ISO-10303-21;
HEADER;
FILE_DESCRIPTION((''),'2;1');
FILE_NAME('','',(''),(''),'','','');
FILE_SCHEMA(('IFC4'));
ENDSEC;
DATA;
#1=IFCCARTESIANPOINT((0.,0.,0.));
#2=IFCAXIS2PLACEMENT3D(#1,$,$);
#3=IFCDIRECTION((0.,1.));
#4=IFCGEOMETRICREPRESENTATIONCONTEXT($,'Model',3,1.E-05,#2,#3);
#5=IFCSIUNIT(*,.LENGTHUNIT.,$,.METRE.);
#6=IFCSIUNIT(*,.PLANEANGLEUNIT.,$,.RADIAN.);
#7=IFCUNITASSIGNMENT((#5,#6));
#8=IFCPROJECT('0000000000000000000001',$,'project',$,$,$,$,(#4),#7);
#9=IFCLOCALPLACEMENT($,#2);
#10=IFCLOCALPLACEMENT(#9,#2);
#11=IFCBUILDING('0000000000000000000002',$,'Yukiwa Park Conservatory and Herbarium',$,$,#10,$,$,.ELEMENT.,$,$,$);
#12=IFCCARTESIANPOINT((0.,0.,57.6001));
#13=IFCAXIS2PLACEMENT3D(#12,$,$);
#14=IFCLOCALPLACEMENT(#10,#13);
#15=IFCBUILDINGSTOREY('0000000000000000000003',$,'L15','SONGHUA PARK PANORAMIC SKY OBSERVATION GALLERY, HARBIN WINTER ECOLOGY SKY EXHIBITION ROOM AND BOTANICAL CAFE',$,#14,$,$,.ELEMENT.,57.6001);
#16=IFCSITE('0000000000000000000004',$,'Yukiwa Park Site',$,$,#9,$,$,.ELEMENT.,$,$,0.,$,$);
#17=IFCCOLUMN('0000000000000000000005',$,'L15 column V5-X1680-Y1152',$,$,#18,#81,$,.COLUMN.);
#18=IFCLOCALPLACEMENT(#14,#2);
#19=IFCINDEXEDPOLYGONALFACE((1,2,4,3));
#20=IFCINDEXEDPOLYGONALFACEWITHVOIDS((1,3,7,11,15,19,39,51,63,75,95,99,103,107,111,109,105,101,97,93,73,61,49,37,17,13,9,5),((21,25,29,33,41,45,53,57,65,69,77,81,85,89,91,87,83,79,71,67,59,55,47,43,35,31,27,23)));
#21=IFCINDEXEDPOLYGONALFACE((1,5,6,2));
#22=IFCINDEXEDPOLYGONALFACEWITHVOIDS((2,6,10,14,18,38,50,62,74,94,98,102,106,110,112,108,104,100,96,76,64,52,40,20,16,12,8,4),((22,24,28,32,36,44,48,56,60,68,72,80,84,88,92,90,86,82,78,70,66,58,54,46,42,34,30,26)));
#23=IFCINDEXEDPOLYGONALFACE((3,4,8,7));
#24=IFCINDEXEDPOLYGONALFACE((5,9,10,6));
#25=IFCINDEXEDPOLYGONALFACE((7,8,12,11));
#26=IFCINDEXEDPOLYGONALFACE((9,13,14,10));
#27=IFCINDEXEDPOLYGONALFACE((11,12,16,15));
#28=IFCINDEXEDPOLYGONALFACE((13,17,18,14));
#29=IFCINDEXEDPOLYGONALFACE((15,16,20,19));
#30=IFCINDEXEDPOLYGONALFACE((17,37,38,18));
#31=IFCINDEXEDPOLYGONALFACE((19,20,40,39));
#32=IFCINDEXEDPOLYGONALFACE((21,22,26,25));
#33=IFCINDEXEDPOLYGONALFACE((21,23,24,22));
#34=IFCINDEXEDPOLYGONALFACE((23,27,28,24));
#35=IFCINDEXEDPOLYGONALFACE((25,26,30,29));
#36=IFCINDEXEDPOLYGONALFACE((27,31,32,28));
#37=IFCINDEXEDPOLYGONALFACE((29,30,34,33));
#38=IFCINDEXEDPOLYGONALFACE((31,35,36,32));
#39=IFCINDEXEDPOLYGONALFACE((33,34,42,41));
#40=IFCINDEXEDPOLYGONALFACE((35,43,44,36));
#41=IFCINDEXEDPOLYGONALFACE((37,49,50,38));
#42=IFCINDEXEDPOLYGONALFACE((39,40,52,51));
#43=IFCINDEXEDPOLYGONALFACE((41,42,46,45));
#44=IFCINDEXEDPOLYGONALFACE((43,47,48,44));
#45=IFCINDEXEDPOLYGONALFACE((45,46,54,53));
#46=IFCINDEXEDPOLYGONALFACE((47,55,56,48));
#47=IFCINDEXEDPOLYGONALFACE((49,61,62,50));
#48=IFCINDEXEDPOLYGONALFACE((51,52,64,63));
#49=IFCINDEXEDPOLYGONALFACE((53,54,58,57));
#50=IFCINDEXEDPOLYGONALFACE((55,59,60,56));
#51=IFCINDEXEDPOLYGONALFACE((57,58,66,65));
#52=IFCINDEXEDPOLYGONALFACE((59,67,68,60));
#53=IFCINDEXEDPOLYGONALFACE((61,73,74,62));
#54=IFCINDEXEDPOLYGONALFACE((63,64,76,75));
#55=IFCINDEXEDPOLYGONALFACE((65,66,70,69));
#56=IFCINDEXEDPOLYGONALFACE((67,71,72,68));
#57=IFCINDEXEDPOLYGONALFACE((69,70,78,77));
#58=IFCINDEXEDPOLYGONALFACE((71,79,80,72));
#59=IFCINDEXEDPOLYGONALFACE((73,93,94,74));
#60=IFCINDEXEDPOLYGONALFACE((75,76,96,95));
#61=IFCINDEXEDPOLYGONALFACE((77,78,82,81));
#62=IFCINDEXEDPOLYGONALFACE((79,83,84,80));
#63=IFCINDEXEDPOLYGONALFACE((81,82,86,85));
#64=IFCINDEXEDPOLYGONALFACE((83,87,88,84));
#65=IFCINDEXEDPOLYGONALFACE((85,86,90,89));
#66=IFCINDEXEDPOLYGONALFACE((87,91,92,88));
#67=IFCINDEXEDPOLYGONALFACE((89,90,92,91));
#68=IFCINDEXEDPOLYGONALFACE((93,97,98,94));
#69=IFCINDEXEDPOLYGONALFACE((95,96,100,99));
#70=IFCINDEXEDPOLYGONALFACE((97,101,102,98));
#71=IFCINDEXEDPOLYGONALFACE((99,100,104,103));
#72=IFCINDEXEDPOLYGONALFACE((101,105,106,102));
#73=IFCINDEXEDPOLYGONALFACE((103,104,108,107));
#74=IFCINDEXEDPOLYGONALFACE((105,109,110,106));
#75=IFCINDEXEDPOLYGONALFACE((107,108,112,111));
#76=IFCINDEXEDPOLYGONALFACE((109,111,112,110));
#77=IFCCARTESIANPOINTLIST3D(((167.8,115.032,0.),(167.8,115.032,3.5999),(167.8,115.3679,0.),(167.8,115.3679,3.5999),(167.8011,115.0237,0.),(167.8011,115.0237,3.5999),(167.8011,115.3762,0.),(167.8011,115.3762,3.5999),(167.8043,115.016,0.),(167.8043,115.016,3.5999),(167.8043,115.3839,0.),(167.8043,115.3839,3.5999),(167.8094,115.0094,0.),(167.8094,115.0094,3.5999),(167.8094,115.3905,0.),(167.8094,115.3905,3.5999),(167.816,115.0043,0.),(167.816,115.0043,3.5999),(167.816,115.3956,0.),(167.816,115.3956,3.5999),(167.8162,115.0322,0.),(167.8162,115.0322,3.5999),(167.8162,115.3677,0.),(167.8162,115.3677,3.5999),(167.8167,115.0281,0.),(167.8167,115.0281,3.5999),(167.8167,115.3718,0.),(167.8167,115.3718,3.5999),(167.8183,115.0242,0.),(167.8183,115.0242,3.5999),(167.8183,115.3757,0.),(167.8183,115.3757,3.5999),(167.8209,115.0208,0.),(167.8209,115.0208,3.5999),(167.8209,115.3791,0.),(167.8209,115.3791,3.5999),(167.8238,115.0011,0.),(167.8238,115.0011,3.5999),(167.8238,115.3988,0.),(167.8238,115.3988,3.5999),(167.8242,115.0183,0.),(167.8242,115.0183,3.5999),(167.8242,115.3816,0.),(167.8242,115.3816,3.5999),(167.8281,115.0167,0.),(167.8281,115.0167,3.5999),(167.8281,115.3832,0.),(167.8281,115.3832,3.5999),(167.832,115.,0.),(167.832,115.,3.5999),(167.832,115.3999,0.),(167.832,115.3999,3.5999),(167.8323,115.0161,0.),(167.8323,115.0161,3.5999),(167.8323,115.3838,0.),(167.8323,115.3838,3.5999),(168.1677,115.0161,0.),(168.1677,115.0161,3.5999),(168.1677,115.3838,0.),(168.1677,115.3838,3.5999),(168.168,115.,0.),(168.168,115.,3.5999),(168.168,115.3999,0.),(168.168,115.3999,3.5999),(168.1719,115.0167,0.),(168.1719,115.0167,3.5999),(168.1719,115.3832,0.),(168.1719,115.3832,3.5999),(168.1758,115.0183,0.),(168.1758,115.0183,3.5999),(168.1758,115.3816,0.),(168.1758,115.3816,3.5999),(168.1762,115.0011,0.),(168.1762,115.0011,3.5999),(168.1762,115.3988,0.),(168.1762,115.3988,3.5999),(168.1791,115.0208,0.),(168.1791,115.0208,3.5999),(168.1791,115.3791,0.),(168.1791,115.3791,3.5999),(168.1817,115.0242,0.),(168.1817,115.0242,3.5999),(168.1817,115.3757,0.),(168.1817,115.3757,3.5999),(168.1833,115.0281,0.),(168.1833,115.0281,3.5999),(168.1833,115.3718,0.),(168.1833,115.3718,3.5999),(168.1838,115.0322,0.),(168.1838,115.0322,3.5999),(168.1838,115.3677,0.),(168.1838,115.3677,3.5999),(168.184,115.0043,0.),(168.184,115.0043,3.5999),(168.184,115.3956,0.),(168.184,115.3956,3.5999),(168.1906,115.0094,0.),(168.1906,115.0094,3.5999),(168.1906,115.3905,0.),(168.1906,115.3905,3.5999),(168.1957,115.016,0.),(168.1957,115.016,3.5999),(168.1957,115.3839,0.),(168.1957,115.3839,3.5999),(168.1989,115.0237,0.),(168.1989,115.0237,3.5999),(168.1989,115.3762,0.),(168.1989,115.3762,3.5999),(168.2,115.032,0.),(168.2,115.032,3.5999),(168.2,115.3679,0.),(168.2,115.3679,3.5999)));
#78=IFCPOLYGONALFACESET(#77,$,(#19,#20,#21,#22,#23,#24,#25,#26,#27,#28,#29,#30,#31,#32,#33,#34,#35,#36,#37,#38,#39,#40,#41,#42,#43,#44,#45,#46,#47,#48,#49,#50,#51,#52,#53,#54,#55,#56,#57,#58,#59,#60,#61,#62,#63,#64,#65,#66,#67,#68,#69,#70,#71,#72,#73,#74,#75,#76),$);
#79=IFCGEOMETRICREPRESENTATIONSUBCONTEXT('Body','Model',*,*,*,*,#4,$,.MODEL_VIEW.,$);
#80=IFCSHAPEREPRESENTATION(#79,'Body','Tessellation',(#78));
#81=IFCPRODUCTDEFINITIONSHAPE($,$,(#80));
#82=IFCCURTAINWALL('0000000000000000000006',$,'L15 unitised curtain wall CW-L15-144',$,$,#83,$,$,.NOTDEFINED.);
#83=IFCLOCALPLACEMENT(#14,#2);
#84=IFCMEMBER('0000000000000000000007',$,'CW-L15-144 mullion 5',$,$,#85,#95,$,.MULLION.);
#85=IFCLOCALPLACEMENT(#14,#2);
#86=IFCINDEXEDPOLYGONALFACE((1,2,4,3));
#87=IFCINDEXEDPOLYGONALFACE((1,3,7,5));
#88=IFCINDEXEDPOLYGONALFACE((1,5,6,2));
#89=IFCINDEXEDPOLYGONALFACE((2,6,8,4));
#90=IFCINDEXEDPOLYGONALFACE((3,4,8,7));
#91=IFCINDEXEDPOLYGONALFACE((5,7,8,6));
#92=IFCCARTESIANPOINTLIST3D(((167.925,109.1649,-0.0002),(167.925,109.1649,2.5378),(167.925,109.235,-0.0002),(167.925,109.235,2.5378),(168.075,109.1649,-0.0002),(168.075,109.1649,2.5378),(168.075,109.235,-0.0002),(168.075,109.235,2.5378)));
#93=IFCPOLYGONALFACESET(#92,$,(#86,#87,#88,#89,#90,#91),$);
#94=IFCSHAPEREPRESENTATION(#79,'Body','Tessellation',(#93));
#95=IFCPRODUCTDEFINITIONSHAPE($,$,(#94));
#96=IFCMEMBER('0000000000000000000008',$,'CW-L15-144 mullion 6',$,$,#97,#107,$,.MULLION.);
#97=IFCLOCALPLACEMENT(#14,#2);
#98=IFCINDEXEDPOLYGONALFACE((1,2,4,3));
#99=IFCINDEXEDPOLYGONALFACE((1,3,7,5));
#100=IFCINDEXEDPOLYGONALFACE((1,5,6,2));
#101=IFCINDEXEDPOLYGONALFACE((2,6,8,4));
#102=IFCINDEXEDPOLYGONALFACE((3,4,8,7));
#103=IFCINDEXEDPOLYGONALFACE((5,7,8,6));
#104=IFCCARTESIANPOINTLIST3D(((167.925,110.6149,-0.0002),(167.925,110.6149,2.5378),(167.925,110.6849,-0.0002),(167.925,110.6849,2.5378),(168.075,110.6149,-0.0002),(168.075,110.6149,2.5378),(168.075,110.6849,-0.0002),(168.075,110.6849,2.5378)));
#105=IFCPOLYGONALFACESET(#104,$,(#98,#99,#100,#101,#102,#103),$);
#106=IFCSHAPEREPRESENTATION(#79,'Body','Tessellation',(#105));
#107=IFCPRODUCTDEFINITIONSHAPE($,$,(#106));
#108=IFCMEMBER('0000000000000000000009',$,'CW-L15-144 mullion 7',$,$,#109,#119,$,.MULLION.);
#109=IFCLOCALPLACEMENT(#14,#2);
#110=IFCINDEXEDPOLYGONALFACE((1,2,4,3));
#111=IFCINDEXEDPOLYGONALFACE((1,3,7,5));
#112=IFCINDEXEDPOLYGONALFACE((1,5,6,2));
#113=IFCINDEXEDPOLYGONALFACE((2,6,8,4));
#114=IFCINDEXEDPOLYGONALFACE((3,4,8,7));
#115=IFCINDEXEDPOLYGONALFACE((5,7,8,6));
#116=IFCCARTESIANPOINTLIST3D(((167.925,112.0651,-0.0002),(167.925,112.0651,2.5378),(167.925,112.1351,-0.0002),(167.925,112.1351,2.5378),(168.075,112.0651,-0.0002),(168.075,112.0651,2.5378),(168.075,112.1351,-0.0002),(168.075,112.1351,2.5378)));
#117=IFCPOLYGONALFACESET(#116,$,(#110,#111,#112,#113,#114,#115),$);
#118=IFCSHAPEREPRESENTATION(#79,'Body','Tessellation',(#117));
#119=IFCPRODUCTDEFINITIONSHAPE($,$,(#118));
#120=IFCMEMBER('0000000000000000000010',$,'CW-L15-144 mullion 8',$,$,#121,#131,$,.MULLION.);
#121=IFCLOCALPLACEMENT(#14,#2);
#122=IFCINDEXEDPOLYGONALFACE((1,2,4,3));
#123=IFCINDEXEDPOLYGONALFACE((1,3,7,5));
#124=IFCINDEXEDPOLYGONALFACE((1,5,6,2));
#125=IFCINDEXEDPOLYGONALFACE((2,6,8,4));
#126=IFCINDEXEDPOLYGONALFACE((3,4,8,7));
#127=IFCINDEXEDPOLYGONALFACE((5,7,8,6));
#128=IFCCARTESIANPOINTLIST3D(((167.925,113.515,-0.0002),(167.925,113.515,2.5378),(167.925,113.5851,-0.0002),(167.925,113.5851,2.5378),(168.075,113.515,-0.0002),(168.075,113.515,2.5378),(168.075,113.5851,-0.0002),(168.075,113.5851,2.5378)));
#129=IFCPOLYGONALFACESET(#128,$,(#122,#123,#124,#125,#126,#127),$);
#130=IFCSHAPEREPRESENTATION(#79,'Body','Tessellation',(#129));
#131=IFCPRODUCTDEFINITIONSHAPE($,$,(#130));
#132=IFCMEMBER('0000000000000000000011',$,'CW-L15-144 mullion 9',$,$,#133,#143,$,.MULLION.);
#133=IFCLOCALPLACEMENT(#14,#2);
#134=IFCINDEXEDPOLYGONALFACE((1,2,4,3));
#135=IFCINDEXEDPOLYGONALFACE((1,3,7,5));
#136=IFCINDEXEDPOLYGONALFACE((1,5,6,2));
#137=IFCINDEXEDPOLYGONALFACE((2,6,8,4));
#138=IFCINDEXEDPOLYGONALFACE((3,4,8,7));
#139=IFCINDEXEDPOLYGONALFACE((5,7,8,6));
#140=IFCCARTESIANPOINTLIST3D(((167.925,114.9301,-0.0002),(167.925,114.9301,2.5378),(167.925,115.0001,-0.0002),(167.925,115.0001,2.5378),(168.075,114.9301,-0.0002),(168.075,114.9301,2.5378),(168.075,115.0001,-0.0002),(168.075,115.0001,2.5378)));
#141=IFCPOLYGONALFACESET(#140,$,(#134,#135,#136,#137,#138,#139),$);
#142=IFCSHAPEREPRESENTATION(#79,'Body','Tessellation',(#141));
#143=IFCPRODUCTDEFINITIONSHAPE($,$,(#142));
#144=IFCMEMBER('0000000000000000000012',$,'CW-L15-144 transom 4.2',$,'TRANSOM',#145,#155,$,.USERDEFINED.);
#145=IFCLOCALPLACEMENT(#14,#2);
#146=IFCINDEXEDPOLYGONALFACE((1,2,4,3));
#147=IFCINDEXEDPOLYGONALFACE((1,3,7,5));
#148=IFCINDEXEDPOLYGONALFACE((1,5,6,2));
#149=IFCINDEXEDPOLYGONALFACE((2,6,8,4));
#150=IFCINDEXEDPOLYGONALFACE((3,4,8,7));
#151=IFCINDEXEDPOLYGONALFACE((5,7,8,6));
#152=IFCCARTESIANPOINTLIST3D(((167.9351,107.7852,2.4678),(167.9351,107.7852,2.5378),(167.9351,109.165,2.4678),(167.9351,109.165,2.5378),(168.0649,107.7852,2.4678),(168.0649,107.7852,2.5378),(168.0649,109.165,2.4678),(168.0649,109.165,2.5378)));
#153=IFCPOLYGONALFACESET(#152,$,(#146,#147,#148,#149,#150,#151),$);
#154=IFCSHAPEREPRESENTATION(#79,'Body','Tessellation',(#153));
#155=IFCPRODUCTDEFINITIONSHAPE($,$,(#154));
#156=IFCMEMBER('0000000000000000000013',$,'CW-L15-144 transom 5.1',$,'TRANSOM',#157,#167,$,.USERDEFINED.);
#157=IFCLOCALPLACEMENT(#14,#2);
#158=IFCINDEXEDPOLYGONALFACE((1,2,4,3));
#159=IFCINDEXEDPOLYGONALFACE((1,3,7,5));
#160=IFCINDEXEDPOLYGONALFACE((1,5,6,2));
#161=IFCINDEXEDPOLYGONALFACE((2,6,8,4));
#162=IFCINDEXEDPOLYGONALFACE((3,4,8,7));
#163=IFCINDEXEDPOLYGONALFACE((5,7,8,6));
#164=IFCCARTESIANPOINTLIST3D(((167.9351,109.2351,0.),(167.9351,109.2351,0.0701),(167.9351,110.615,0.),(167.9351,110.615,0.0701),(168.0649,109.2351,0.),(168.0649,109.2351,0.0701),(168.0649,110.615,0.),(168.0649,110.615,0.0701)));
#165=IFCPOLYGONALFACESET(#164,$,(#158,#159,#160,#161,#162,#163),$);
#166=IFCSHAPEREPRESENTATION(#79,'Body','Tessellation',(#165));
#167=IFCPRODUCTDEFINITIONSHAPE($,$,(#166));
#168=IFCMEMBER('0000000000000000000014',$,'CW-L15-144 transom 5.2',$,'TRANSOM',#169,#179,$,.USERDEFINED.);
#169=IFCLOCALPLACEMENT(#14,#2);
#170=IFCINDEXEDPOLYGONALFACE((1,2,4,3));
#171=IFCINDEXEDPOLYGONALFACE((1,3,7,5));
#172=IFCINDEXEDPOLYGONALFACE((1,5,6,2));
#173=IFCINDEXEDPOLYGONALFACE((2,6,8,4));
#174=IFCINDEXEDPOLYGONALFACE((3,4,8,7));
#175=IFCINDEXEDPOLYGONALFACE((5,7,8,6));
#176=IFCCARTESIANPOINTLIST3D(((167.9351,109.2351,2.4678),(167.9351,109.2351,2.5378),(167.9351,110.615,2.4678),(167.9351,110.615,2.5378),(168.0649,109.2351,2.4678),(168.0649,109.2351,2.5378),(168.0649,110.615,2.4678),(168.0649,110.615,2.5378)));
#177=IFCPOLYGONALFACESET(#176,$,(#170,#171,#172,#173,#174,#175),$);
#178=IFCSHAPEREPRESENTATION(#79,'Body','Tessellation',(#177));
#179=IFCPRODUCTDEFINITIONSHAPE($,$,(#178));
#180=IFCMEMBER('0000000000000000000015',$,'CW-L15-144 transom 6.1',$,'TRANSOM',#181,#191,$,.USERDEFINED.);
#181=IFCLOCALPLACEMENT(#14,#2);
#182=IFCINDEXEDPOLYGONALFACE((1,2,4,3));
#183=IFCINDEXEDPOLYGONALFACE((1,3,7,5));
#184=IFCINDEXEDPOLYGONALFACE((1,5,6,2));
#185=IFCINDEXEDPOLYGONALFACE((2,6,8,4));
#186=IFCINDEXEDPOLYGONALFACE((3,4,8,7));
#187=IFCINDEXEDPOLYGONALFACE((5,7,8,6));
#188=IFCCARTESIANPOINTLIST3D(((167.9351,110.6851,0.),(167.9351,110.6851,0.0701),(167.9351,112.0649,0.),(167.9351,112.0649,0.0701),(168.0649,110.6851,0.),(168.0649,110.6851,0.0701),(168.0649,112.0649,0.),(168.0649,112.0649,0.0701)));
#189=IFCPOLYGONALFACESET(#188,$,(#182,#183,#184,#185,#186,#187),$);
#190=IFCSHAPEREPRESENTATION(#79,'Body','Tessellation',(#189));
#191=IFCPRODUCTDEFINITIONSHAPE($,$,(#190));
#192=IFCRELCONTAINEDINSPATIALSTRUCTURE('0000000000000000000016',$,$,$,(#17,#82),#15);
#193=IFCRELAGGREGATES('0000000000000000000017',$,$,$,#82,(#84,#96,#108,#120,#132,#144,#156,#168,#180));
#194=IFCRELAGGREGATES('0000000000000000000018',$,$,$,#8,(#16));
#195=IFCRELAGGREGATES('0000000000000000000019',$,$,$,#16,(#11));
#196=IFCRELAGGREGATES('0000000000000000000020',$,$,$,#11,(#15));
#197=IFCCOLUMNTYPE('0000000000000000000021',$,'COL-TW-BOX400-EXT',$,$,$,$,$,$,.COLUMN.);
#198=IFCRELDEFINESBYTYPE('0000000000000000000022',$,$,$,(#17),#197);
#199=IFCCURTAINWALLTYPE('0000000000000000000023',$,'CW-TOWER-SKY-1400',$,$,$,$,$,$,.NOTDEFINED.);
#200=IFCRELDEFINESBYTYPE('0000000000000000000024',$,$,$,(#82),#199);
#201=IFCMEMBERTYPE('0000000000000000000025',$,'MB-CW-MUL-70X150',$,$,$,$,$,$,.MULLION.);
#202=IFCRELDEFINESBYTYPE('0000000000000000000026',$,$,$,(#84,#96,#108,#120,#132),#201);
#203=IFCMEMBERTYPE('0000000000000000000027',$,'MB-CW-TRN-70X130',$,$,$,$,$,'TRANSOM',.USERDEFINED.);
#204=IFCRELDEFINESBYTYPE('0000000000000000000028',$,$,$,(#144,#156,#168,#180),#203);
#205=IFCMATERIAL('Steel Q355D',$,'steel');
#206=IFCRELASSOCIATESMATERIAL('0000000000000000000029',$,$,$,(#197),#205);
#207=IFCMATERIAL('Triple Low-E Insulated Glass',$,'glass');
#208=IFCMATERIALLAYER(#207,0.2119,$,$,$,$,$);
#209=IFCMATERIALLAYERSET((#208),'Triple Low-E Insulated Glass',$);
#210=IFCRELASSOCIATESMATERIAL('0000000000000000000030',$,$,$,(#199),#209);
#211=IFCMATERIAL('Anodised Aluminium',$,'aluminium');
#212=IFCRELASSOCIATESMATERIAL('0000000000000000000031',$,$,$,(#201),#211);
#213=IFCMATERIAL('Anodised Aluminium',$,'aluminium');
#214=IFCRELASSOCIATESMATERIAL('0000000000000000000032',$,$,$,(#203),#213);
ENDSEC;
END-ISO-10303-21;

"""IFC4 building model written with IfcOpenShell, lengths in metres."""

from ifc_helpers import new_model, si_unit, direction, frame, origin, origin_2d, place, context, subcontext, project, spatial, rectangle, hollow_rectangle, extrude, material, layer, layer_set, material_profile, profile_set, type_object, element, aggregate, save


model = new_model("IFC4")

# Units and contexts
model_context = context("Model", 3, precision=1e-05, world=origin(), true_north=direction((0.0, 1.0)))
body_context = subcontext(model_context, "Body", "Model", "MODEL_VIEW")
ifc_project = project(units=[si_unit("LENGTHUNIT", "METRE"), si_unit("PLANEANGLEUNIT", "RADIAN")], contexts=[model_context])

# Site, building, storey
site_placement = place(None, origin())
site = spatial("IfcSite", under=ifc_project, at=site_placement, Name="Yukiwa Park Site", CompositionType="ELEMENT", RefElevation=0.0)
building_placement = place(site_placement, origin())
building = spatial("IfcBuilding", under=site, at=building_placement, Name="Yukiwa Park Conservatory and Herbarium", CompositionType="ELEMENT")
storey_placement = place(building_placement, frame((0.0, 0.0, 57.6001)))
storey = spatial("IfcBuildingStorey", under=building, at=storey_placement, Name="L15", Description="SONGHUA PARK PANORAMIC SKY OBSERVATION GALLERY, HARBIN WINTER ECOLOGY SKY EXHIBITION ROOM AND BOTANICAL CAFE", CompositionType="ELEMENT", Elevation=57.6001)

# Column
ifc_material_1 = material(Name="Steel Q355D", Category="steel")
ifc_material_profile = material_profile(ifc_material_1, hollow_rectangle(XDim=0.3999, YDim=0.3999, WallThickness=0.0161, InnerFilletRadius=0.0161, OuterFilletRadius=0.032, at=origin_2d()), Name="BOX 400x400x16")
ifc_profile_set = profile_set([ifc_material_profile], Name="Steel Q355D")
column_type = type_object("IfcColumnType", Name="COL-TW-BOX400-EXT", PredefinedType="COLUMN", material=ifc_profile_set)
column_placement = place(storey_placement, frame((168.0, 115.2, 0.0), z_axis=(0.0, 0.0, 1.0), x_axis=(1.0, 0.0, 0.0)))
element("IfcColumn", 1, at=column_placement, inside=storey, type_object=column_type, Name="L15 column V5-X1680-Y1152", PredefinedType="COLUMN", context=body_context, shape_type="SweptSolid", body=[
    extrude(hollow_rectangle(XDim=0.3999, YDim=0.3999, WallThickness=0.0161, InnerFilletRadius=0.0161, OuterFilletRadius=0.032, at=origin_2d()), origin(), (0.0, 0.0, 1.0), 3.5999),
])

# Curtain wall, members
ifc_material_2 = material(Name="Triple Low-E Insulated Glass", Category="glass")
ifc_layer_1 = layer(ifc_material_2, 0.2119)
ifc_layer_set_1 = layer_set([ifc_layer_1], Name="Triple Low-E Insulated Glass")
curtain_wall_type = type_object("IfcCurtainWallType", Name="CW-TOWER-SKY-1400", PredefinedType="NOTDEFINED", material=ifc_layer_set_1)
curtain_wall_placement = place(storey_placement, origin())
curtain_wall = element("IfcCurtainWall", 2, at=curtain_wall_placement, inside=storey, type_object=curtain_wall_type, Name="L15 unitised curtain wall CW-L15-144", PredefinedType="NOTDEFINED")
ifc_material_3 = material(Name="Anodised Aluminium", Category="aluminium")
member_type_1 = type_object("IfcMemberType", Name="MB-CW-MUL-70X150", PredefinedType="MULLION", material=ifc_material_3)
member_1_placement = place(storey_placement, frame((168.0, 109.2, -0.0002), z_axis=(0.0, 0.0, 1.0), x_axis=(0.0, 1.0, 0.0)))
member_1 = element("IfcMember", 3, at=member_1_placement, type_object=member_type_1, Name="CW-L15-144 mullion 5", PredefinedType="MULLION", context=body_context, shape_type="SweptSolid", body=[
    extrude(rectangle(XDim=0.0701, YDim=0.1499, at=origin_2d()), origin(), (0.0, 0.0, 1.0), 2.5381),
])
member_2_placement = place(storey_placement, frame((168.0, 110.6499, -0.0002), z_axis=(0.0, 0.0, 1.0), x_axis=(0.0, 1.0, 0.0)))
member_2 = element("IfcMember", 4, at=member_2_placement, type_object=member_type_1, Name="CW-L15-144 mullion 6", PredefinedType="MULLION", context=body_context, shape_type="SweptSolid", body=[
    extrude(rectangle(XDim=0.0701, YDim=0.1499, at=origin_2d()), origin(), (0.0, 0.0, 1.0), 2.5381),
])
member_3_placement = place(storey_placement, frame((168.0, 112.1001, -0.0002), z_axis=(0.0, 0.0, 1.0), x_axis=(0.0, 1.0, 0.0)))
member_3 = element("IfcMember", 5, at=member_3_placement, type_object=member_type_1, Name="CW-L15-144 mullion 7", PredefinedType="MULLION", context=body_context, shape_type="SweptSolid", body=[
    extrude(rectangle(XDim=0.0701, YDim=0.1499, at=origin_2d()), origin(), (0.0, 0.0, 1.0), 2.5381),
])
member_4_placement = place(storey_placement, frame((168.0, 113.55, -0.0002), z_axis=(0.0, 0.0, 1.0), x_axis=(0.0, 1.0, 0.0)))
member_4 = element("IfcMember", 6, at=member_4_placement, type_object=member_type_1, Name="CW-L15-144 mullion 8", PredefinedType="MULLION", context=body_context, shape_type="SweptSolid", body=[
    extrude(rectangle(XDim=0.0701, YDim=0.1499, at=origin_2d()), origin(), (0.0, 0.0, 1.0), 2.5381),
])
member_5_placement = place(storey_placement, frame((168.0, 114.9651, -0.0002), z_axis=(0.0, 0.0, 1.0), x_axis=(0.0, 1.0, 0.0)))
member_5 = element("IfcMember", 7, at=member_5_placement, type_object=member_type_1, Name="CW-L15-144 mullion 9", PredefinedType="MULLION", context=body_context, shape_type="SweptSolid", body=[
    extrude(rectangle(XDim=0.0701, YDim=0.1499, at=origin_2d()), origin(), (0.0, 0.0, 1.0), 2.5381),
])
ifc_material_4 = material(Name="Anodised Aluminium", Category="aluminium")
member_type_2 = type_object("IfcMemberType", Name="MB-CW-TRN-70X130", ElementType="TRANSOM", PredefinedType="USERDEFINED", material=ifc_material_4)
member_6_placement = place(storey_placement, frame((168.0, 108.4751, 2.4678), z_axis=(0.0, 0.0, 1.0), x_axis=(0.0, 1.0, 0.0)))
member_6 = element("IfcMember", 8, at=member_6_placement, type_object=member_type_2, Name="CW-L15-144 transom 4.2", ObjectType="TRANSOM", PredefinedType="USERDEFINED", context=body_context, shape_type="SweptSolid", body=[
    extrude(rectangle(XDim=1.3799, YDim=0.1299, at=origin_2d()), origin(), (0.0, 0.0, 1.0), 0.0701),
])
member_7_placement = place(storey_placement, frame((168.0, 109.925, 0.0), z_axis=(0.0, 0.0, 1.0), x_axis=(0.0, 1.0, 0.0)))
member_7 = element("IfcMember", 9, at=member_7_placement, type_object=member_type_2, Name="CW-L15-144 transom 5.1", ObjectType="TRANSOM", PredefinedType="USERDEFINED", context=body_context, shape_type="SweptSolid", body=[
    extrude(rectangle(XDim=1.3799, YDim=0.1299, at=origin_2d()), origin(), (0.0, 0.0, 1.0), 0.0701),
])
member_8_placement = place(storey_placement, frame((168.0, 109.925, 2.4678), z_axis=(0.0, 0.0, 1.0), x_axis=(0.0, 1.0, 0.0)))
member_8 = element("IfcMember", 10, at=member_8_placement, type_object=member_type_2, Name="CW-L15-144 transom 5.2", ObjectType="TRANSOM", PredefinedType="USERDEFINED", context=body_context, shape_type="SweptSolid", body=[
    extrude(rectangle(XDim=1.3799, YDim=0.1299, at=origin_2d()), origin(), (0.0, 0.0, 1.0), 0.0701),
])
member_9_placement = place(storey_placement, frame((168.0, 111.375, 0.0), z_axis=(0.0, 0.0, 1.0), x_axis=(0.0, 1.0, 0.0)))
member_9 = element("IfcMember", 11, at=member_9_placement, type_object=member_type_2, Name="CW-L15-144 transom 6.1", ObjectType="TRANSOM", PredefinedType="USERDEFINED", context=body_context, shape_type="SweptSolid", body=[
    extrude(rectangle(XDim=1.3799, YDim=0.1299, at=origin_2d()), origin(), (0.0, 0.0, 1.0), 0.0701),
])
aggregate(curtain_wall, [member_1, member_2, member_3, member_4, member_5, member_6, member_7, member_8, member_9])

save(model, "model.ifc")
